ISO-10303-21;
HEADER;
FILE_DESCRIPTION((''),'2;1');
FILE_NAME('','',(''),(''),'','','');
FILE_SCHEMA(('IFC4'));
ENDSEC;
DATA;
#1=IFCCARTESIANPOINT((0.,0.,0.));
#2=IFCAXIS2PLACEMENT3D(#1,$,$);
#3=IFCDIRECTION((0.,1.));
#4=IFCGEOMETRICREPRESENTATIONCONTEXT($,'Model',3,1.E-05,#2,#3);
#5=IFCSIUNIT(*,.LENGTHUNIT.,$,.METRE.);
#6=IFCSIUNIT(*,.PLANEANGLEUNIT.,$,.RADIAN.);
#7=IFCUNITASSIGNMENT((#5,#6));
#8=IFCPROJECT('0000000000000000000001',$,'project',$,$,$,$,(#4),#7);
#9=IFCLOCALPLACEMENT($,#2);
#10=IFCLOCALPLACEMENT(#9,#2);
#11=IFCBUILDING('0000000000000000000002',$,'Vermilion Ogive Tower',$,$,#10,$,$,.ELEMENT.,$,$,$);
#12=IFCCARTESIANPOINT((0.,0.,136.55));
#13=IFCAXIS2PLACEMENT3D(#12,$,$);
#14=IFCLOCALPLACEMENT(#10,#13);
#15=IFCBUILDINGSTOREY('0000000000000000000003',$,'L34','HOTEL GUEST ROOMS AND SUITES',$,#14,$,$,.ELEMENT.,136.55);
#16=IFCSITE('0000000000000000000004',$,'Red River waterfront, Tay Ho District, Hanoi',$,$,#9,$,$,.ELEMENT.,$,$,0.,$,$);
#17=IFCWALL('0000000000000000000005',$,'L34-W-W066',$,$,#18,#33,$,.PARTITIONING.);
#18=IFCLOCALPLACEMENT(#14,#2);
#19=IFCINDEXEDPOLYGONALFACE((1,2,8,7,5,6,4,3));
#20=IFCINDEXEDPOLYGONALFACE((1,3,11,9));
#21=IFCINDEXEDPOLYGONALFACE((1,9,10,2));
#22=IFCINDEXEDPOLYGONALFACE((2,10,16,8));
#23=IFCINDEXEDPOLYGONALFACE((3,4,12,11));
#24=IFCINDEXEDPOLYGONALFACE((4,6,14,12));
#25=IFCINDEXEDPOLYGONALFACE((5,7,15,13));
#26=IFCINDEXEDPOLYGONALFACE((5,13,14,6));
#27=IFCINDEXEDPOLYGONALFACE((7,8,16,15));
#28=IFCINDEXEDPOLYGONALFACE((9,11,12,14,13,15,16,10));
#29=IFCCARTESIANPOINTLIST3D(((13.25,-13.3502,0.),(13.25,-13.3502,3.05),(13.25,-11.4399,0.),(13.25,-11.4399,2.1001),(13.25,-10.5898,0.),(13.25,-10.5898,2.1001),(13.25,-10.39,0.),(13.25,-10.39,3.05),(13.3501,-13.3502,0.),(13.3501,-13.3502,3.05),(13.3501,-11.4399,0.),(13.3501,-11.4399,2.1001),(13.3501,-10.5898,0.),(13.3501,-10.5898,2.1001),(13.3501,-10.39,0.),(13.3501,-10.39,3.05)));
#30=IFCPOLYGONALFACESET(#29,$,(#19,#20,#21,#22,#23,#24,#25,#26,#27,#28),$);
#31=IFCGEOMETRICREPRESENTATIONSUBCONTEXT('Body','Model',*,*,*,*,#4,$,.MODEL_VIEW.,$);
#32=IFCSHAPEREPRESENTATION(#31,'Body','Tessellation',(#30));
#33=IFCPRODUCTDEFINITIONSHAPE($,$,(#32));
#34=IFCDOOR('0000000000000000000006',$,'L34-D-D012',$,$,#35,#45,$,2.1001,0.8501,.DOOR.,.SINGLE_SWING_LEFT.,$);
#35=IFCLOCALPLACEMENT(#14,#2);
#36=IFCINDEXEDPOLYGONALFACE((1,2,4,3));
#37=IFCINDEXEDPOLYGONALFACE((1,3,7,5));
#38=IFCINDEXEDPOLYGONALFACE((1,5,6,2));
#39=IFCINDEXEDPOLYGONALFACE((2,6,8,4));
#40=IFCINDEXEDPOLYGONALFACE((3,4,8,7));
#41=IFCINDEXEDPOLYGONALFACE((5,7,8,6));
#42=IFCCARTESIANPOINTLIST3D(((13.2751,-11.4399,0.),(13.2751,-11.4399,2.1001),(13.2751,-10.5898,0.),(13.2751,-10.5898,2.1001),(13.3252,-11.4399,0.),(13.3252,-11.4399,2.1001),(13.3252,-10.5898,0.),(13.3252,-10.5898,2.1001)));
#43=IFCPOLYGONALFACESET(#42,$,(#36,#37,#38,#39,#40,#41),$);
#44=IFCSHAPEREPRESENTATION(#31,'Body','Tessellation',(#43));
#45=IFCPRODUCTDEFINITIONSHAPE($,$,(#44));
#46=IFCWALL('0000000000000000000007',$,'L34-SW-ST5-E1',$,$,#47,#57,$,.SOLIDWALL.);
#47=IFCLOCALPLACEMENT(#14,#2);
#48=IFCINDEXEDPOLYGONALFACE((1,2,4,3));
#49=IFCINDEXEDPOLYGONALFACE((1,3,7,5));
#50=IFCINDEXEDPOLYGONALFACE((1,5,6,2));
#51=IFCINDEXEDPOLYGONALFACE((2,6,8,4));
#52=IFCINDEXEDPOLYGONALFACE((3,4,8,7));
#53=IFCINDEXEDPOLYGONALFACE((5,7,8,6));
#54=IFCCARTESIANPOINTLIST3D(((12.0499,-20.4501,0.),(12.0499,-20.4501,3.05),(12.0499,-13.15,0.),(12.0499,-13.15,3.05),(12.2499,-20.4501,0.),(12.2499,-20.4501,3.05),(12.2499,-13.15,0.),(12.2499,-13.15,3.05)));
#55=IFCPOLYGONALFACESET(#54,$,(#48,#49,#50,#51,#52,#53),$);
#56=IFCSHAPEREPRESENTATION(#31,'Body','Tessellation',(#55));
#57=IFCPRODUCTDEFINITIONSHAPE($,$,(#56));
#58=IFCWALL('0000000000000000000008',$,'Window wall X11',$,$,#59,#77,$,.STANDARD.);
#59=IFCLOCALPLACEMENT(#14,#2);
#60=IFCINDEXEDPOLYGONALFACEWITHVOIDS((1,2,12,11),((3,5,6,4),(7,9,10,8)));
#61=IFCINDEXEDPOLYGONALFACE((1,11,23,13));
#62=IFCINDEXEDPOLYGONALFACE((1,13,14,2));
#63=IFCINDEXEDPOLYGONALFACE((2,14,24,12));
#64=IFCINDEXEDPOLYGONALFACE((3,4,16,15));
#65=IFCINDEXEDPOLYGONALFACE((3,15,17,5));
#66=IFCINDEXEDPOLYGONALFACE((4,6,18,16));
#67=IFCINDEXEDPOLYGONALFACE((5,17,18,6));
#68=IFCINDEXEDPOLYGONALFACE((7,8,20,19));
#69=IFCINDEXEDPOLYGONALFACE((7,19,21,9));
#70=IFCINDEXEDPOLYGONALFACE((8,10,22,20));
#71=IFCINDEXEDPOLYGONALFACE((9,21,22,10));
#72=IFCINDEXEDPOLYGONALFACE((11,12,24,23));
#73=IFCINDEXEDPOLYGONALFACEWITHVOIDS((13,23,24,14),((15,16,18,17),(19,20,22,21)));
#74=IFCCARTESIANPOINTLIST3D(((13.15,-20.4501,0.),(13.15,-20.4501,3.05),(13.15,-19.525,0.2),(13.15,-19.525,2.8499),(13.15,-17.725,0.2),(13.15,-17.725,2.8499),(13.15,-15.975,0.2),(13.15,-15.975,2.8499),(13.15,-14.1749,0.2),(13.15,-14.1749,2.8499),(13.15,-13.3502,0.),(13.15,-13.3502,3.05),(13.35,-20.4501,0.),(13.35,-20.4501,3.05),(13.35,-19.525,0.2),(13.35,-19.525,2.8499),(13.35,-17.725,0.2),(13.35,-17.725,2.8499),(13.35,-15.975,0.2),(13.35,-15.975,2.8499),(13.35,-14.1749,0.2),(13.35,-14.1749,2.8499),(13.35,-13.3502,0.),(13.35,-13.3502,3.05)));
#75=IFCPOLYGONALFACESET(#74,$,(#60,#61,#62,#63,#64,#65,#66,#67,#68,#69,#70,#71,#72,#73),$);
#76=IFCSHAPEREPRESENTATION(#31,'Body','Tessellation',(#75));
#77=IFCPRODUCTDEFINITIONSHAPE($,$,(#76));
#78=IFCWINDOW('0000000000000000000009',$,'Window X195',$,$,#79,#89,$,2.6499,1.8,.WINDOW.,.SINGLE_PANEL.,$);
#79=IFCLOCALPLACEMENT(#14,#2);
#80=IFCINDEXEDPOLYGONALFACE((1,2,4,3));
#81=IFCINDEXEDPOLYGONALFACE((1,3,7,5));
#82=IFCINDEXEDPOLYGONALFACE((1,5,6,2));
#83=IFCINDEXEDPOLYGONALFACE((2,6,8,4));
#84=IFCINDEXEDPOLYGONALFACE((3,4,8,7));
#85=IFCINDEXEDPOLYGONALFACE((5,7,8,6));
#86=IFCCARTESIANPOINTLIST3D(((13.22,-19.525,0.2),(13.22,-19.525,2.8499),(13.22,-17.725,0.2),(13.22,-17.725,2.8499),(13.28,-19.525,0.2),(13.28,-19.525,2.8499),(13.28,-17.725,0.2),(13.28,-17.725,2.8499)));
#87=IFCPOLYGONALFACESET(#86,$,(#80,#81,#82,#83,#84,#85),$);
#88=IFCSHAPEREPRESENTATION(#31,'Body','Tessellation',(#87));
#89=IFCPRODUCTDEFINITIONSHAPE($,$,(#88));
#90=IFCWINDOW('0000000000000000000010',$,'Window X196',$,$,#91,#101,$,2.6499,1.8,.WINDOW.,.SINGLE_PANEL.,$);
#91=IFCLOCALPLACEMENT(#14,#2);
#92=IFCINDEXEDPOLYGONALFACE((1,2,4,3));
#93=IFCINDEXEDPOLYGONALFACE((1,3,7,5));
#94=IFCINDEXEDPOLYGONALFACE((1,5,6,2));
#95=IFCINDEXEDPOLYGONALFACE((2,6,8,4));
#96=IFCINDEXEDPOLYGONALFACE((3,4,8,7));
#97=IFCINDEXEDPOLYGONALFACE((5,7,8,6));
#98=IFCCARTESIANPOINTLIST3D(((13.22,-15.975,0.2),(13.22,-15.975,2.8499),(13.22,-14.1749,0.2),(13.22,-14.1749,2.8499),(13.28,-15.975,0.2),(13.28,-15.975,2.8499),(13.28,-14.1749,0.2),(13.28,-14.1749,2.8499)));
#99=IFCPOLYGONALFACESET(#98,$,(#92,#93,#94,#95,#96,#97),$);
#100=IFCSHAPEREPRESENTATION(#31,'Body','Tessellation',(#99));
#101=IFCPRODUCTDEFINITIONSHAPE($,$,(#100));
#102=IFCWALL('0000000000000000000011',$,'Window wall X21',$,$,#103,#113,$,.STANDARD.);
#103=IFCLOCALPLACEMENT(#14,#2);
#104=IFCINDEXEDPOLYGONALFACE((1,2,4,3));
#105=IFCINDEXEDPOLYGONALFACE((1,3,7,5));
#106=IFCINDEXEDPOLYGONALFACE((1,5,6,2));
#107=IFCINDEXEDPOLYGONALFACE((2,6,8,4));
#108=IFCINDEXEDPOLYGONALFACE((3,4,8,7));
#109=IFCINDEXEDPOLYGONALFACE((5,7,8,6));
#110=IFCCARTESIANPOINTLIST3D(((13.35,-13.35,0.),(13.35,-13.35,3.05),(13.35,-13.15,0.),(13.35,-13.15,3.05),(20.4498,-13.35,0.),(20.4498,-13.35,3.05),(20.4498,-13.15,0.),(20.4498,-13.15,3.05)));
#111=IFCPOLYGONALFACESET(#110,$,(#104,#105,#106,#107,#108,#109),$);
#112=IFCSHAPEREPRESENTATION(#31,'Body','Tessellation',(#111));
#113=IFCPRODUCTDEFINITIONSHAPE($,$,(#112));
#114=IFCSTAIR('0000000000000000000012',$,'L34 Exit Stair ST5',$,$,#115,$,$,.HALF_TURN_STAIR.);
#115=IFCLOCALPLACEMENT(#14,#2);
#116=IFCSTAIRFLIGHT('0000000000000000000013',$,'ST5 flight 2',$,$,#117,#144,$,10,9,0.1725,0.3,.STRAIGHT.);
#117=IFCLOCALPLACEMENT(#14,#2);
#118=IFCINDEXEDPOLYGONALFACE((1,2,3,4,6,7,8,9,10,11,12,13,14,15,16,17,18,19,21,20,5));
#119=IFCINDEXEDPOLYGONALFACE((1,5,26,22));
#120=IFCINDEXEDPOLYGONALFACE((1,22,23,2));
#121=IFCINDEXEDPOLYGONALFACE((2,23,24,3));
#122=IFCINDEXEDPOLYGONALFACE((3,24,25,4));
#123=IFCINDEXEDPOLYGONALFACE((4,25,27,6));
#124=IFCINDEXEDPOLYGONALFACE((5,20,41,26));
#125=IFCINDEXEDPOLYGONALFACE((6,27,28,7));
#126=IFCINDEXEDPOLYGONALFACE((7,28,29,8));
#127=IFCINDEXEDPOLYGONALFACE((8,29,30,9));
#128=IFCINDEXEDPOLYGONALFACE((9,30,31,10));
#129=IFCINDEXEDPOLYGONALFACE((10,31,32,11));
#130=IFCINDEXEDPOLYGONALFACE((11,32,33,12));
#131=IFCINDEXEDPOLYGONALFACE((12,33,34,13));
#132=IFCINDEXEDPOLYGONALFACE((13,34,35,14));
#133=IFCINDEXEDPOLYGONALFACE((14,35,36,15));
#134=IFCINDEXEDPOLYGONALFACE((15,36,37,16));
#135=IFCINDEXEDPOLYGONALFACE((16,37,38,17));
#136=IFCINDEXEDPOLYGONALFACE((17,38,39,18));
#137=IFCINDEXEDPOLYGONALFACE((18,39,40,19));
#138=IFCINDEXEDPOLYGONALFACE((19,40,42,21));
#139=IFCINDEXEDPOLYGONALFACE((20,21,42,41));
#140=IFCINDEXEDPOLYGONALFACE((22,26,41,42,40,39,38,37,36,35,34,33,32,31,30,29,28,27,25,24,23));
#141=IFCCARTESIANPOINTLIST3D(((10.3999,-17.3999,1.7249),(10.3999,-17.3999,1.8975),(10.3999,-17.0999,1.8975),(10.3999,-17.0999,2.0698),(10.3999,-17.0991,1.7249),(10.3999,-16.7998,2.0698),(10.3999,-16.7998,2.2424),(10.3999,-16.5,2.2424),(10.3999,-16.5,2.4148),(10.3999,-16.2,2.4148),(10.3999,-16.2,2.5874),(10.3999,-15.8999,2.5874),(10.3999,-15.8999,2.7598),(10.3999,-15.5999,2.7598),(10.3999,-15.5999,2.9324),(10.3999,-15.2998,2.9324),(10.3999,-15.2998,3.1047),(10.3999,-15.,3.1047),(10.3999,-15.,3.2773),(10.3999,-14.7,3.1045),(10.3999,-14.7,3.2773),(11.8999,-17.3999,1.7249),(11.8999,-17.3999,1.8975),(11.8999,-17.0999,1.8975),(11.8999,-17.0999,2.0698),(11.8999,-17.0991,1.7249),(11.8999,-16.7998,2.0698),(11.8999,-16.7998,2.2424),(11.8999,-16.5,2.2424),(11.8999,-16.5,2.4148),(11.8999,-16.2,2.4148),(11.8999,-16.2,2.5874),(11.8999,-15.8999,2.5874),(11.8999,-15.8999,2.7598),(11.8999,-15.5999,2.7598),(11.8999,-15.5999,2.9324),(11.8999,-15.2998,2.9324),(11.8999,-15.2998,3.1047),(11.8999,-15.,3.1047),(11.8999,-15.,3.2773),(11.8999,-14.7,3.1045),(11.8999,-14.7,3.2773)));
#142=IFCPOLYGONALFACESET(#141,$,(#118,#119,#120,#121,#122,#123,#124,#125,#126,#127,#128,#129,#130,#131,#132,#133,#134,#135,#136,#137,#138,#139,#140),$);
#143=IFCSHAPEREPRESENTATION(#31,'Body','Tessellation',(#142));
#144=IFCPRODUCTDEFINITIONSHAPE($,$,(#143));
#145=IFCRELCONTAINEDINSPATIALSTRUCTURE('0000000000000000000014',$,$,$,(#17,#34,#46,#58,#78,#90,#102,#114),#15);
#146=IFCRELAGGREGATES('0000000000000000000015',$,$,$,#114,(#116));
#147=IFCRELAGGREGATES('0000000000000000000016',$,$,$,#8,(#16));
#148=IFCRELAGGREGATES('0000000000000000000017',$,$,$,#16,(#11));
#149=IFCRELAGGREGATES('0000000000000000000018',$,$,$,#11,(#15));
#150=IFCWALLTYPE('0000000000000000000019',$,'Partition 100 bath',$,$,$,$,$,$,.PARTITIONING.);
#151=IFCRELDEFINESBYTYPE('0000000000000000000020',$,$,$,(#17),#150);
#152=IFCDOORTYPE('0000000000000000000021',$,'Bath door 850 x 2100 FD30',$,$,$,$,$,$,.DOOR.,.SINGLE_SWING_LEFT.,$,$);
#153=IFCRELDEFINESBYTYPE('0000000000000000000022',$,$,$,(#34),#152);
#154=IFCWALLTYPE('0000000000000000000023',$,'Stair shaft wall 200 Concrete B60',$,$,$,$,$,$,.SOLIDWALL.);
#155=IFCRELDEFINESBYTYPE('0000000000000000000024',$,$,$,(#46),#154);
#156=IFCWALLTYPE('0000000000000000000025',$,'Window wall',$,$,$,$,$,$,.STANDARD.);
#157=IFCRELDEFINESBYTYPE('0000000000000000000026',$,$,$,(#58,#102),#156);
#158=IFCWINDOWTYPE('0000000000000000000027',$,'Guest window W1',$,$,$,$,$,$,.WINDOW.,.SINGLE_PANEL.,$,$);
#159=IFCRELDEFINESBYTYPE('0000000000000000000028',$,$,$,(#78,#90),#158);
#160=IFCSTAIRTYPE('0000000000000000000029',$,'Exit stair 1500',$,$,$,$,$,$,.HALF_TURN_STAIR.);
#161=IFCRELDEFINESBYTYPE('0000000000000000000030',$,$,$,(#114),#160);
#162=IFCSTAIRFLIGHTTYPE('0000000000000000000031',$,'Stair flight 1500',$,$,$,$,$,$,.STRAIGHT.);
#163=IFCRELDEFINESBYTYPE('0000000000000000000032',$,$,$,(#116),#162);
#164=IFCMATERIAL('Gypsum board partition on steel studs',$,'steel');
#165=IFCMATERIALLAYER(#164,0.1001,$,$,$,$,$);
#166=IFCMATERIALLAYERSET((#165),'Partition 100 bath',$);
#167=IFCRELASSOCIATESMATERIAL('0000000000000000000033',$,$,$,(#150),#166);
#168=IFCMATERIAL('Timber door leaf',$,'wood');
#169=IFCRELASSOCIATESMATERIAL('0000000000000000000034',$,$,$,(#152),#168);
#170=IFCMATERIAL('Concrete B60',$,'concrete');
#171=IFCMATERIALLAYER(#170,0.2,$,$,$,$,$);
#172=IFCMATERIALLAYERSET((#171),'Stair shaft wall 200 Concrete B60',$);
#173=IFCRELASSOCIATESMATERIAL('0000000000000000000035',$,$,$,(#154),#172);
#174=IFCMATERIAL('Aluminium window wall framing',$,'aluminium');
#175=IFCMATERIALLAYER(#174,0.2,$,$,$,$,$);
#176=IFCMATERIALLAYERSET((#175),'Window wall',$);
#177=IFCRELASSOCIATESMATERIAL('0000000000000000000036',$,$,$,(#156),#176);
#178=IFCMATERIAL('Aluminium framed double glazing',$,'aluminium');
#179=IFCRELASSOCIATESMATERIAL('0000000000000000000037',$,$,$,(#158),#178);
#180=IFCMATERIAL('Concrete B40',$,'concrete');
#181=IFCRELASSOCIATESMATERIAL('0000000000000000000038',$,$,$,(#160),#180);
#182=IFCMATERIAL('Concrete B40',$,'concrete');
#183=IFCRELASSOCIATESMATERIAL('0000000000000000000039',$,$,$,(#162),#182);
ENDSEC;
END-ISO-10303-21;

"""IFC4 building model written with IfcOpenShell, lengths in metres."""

from ifc_helpers import new_model, si_unit, direction, frame, frame_2d, origin, place, context, subcontext, project, spatial, polyline, rectangle, outline, extrude, material, layer, layer_set, type_object, element, fill, aggregate, save


model = new_model("IFC4")

# Units and contexts
model_context = context("Model", 3, precision=1e-05, world=origin(), true_north=direction((0.0, 1.0)))
body_context = subcontext(model_context, "Body", "Model", "MODEL_VIEW")
ifc_project = project(units=[si_unit("LENGTHUNIT", "METRE"), si_unit("PLANEANGLEUNIT", "RADIAN")], contexts=[model_context])

# Site, building, storey
site_placement = place(None, origin())
site = spatial("IfcSite", under=ifc_project, at=site_placement, Name="Red River waterfront, Tay Ho District, Hanoi", CompositionType="ELEMENT", RefElevation=0.0)
building_placement = place(site_placement, origin())
building = spatial("IfcBuilding", under=site, at=building_placement, Name="Vermilion Ogive Tower", CompositionType="ELEMENT")
storey_placement = place(building_placement, frame((0.0, 0.0, 136.55)))
storey = spatial("IfcBuildingStorey", under=building, at=storey_placement, Name="L34", Description="HOTEL GUEST ROOMS AND SUITES", CompositionType="ELEMENT", Elevation=136.55)

# Shared definitions
ifc_material_1 = material(Name="Gypsum board partition on steel studs", Category="steel")
ifc_layer_1 = layer(ifc_material_1, 0.1001)
ifc_layer_set_1 = layer_set([ifc_layer_1], Name="Partition 100 bath")
wall_type_1 = type_object("IfcWallType", Name="Partition 100 bath", PredefinedType="PARTITIONING", material=ifc_layer_set_1)

# Wall, opening, door
wall_1_placement = place(storey_placement, frame((13.3, -13.3501, 0.0), z_axis=(0.0, 0.0, 1.0), x_axis=(0.0, 1.0, 0.0)))
wall_1 = element("IfcWall", 1, at=wall_1_placement, inside=storey, type_object=wall_type_1, Name="L34-W-W066", PredefinedType="PARTITIONING", context=body_context, shape_type="SweptSolid", body=[
    extrude(rectangle(XDim=2.9602, YDim=0.1001, at=frame_2d((1.48, 0.0))), origin(), (0.0, 0.0, 1.0), 3.05),
])
opening_1_placement = place(wall_1_placement, frame((1.9102, 0.0, 0.0)))
opening_1 = element("IfcOpeningElement", 2, at=opening_1_placement, cuts=wall_1, PredefinedType="OPENING", context=body_context, shape_type="SweptSolid", body=[
    extrude(rectangle(XDim=0.8501, YDim=2.1001, at=frame_2d((0.425, 1.05))), frame((0.0, 0.0601, 0.0), z_axis=(0.0, -1.0, 0.0), x_axis=(1.0, 0.0, 0.0)), (0.0, 0.0, 1.0), 0.1201),
])
ifc_material_2 = material(Name="Timber door leaf", Category="wood")
door_type = type_object("IfcDoorType", Name="Bath door 850 x 2100 FD30", OperationType="SINGLE_SWING_LEFT", PredefinedType="DOOR", material=ifc_material_2)
door_placement = place(opening_1_placement, origin())
door = element("IfcDoor", 3, at=door_placement, inside=storey, type_object=door_type, Name="L34-D-D012", OperationType="SINGLE_SWING_LEFT", OverallHeight=2.1001, OverallWidth=0.8501, PredefinedType="DOOR", context=body_context, shape_type="SweptSolid", body=[
    extrude(rectangle(XDim=0.8501, YDim=2.1001, at=frame_2d((0.425, 1.05))), frame((0.0, 0.0249, 0.0), z_axis=(0.0, -1.0, 0.0), x_axis=(1.0, 0.0, 0.0)), (0.0, 0.0, 1.0), 0.05),
])
fill(opening_1, door)

# Wall
ifc_material_3 = material(Name="Concrete B60", Category="concrete")
ifc_layer_2 = layer(ifc_material_3, 0.2)
ifc_layer_set_2 = layer_set([ifc_layer_2], Name="Stair shaft wall 200 Concrete B60")
wall_type_2 = type_object("IfcWallType", Name="Stair shaft wall 200 Concrete B60", PredefinedType="SOLIDWALL", material=ifc_layer_set_2)
wall_2_placement = place(storey_placement, frame((12.1499, -20.45, 0.0), z_axis=(0.0, 0.0, 1.0), x_axis=(0.0, 1.0, 0.0)))
element("IfcWall", 4, at=wall_2_placement, inside=storey, type_object=wall_type_2, Name="L34-SW-ST5-E1", PredefinedType="SOLIDWALL", context=body_context, shape_type="SweptSolid", body=[
    extrude(rectangle(XDim=7.3, YDim=0.2, at=frame_2d((3.6499, 0.0))), origin(), (0.0, 0.0, 1.0), 3.05),
])

# Wall, openings, windows
ifc_material_4 = material(Name="Aluminium window wall framing", Category="aluminium")
ifc_layer_3 = layer(ifc_material_4, 0.2)
ifc_layer_set_3 = layer_set([ifc_layer_3], Name="Window wall")
wall_type_3 = type_object("IfcWallType", Name="Window wall", PredefinedType="STANDARD", material=ifc_layer_set_3)
wall_3_placement = place(storey_placement, frame((13.25, -20.45, 0.0), z_axis=(0.0, 0.0, 1.0), x_axis=(0.0, 1.0, 0.0)))
wall_3 = element("IfcWall", 5, at=wall_3_placement, inside=storey, type_object=wall_type_3, Name="Window wall X11", PredefinedType="STANDARD", context=body_context, shape_type="SweptSolid", body=[
    extrude(rectangle(XDim=7.0999, YDim=0.2, at=frame_2d((3.5498, 0.0))), origin(), (0.0, 0.0, 1.0), 3.05),
])
opening_2_placement = place(wall_3_placement, frame((0.925, 0.0, 0.2)))
opening_2 = element("IfcOpeningElement", 6, at=opening_2_placement, cuts=wall_3, PredefinedType="OPENING", context=body_context, shape_type="SweptSolid", body=[
    extrude(rectangle(XDim=1.8, YDim=2.6499, at=frame_2d((0.8999, 1.325))), frame((0.0, 0.1099, 0.0), z_axis=(0.0, -1.0, 0.0), x_axis=(1.0, 0.0, 0.0)), (0.0, 0.0, 1.0), 0.22),
])
opening_3_placement = place(wall_3_placement, frame((4.4751, 0.0, 0.2)))
opening_3 = element("IfcOpeningElement", 7, at=opening_3_placement, cuts=wall_3, PredefinedType="OPENING", context=body_context, shape_type="SweptSolid", body=[
    extrude(rectangle(XDim=1.8, YDim=2.6499, at=frame_2d((0.8999, 1.325))), frame((0.0, 0.1099, 0.0), z_axis=(0.0, -1.0, 0.0), x_axis=(1.0, 0.0, 0.0)), (0.0, 0.0, 1.0), 0.22),
])
ifc_material_5 = material(Name="Aluminium framed double glazing", Category="aluminium")
window_type = type_object("IfcWindowType", Name="Guest window W1", PartitioningType="SINGLE_PANEL", PredefinedType="WINDOW", material=ifc_material_5)
window_1_placement = place(opening_2_placement, origin())
window_1 = element("IfcWindow", 8, at=window_1_placement, inside=storey, type_object=window_type, Name="Window X195", OverallHeight=2.6499, OverallWidth=1.8, PartitioningType="SINGLE_PANEL", PredefinedType="WINDOW", context=body_context, shape_type="SweptSolid", body=[
    extrude(rectangle(XDim=1.8, YDim=2.6499, at=frame_2d((0.8999, 1.325))), frame((0.0, 0.03, 0.0), z_axis=(0.0, -1.0, 0.0), x_axis=(1.0, 0.0, 0.0)), (0.0, 0.0, 1.0), 0.0601),
])
fill(opening_2, window_1)
window_2_placement = place(opening_3_placement, origin())
window_2 = element("IfcWindow", 9, at=window_2_placement, inside=storey, type_object=window_type, Name="Window X196", OverallHeight=2.6499, OverallWidth=1.8, PartitioningType="SINGLE_PANEL", PredefinedType="WINDOW", context=body_context, shape_type="SweptSolid", body=[
    extrude(rectangle(XDim=1.8, YDim=2.6499, at=frame_2d((0.8999, 1.325))), frame((0.0, 0.03, 0.0), z_axis=(0.0, -1.0, 0.0), x_axis=(1.0, 0.0, 0.0)), (0.0, 0.0, 1.0), 0.0601),
])
fill(opening_3, window_2)

# Wall
wall_4_placement = place(storey_placement, frame((13.3501, -13.25, 0.0), z_axis=(0.0, 0.0, 1.0), x_axis=(1.0, 0.0, 0.0)))
element("IfcWall", 10, at=wall_4_placement, inside=storey, type_object=wall_type_3, Name="Window wall X21", PredefinedType="STANDARD", context=body_context, shape_type="SweptSolid", body=[
    extrude(rectangle(XDim=7.0999, YDim=0.2, at=frame_2d((3.5498, 0.0))), origin(), (0.0, 0.0, 1.0), 3.05),
])

# Stair, stair flight
ifc_material_6 = material(Name="Concrete B40", Category="concrete")
stair_type = type_object("IfcStairType", Name="Exit stair 1500", PredefinedType="HALF_TURN_STAIR", material=ifc_material_6)
stair_placement = place(storey_placement, origin())
stair = element("IfcStair", 11, at=stair_placement, inside=storey, type_object=stair_type, Name="L34 Exit Stair ST5", PredefinedType="HALF_TURN_STAIR")
ifc_material_7 = material(Name="Concrete B40", Category="concrete")
stair_flight_type = type_object("IfcStairFlightType", Name="Stair flight 1500", PredefinedType="STRAIGHT", material=ifc_material_7)
stair_flight_placement = place(storey_placement, frame((11.1499, -17.3999, 1.7249), z_axis=(0.0, 0.0, 1.0), x_axis=(0.0, 1.0, 0.0)))
stair_flight = element("IfcStairFlight", 12, at=stair_flight_placement, type_object=stair_flight_type, Name="ST5 flight 2", NumberOfRisers=10, NumberOfTreads=9, PredefinedType="STRAIGHT", RiserHeight=0.1725, TreadLength=0.3, context=body_context, shape_type="SweptSolid", body=[
    extrude(outline(polyline([(0.0, 0.0), (0.0, 0.1726), (0.3, 0.1726), (0.3, 0.345), (0.6001, 0.345), (0.6001, 0.5176), (0.8999, 0.5176), (0.8999, 0.6899), (1.2, 0.6899), (1.2, 0.8625), (1.5, 0.8625), (1.5, 1.0349), (1.8, 1.0349), (1.8, 1.2075), (2.1001, 1.2075), (2.1001, 1.3799), (2.3999, 1.3799), (2.3999, 1.5525), (2.7, 1.5525), (2.7, 1.7251), (2.7, 1.3796), (0.3008, 0.0), (0.0, 0.0)])), frame((0.0, 0.75, 0.0), z_axis=(0.0, -1.0, 0.0), x_axis=(1.0, 0.0, 0.0)), (0.0, 0.0, 1.0), 1.5),
])
aggregate(stair, [stair_flight])

save(model, "model.ifc")
